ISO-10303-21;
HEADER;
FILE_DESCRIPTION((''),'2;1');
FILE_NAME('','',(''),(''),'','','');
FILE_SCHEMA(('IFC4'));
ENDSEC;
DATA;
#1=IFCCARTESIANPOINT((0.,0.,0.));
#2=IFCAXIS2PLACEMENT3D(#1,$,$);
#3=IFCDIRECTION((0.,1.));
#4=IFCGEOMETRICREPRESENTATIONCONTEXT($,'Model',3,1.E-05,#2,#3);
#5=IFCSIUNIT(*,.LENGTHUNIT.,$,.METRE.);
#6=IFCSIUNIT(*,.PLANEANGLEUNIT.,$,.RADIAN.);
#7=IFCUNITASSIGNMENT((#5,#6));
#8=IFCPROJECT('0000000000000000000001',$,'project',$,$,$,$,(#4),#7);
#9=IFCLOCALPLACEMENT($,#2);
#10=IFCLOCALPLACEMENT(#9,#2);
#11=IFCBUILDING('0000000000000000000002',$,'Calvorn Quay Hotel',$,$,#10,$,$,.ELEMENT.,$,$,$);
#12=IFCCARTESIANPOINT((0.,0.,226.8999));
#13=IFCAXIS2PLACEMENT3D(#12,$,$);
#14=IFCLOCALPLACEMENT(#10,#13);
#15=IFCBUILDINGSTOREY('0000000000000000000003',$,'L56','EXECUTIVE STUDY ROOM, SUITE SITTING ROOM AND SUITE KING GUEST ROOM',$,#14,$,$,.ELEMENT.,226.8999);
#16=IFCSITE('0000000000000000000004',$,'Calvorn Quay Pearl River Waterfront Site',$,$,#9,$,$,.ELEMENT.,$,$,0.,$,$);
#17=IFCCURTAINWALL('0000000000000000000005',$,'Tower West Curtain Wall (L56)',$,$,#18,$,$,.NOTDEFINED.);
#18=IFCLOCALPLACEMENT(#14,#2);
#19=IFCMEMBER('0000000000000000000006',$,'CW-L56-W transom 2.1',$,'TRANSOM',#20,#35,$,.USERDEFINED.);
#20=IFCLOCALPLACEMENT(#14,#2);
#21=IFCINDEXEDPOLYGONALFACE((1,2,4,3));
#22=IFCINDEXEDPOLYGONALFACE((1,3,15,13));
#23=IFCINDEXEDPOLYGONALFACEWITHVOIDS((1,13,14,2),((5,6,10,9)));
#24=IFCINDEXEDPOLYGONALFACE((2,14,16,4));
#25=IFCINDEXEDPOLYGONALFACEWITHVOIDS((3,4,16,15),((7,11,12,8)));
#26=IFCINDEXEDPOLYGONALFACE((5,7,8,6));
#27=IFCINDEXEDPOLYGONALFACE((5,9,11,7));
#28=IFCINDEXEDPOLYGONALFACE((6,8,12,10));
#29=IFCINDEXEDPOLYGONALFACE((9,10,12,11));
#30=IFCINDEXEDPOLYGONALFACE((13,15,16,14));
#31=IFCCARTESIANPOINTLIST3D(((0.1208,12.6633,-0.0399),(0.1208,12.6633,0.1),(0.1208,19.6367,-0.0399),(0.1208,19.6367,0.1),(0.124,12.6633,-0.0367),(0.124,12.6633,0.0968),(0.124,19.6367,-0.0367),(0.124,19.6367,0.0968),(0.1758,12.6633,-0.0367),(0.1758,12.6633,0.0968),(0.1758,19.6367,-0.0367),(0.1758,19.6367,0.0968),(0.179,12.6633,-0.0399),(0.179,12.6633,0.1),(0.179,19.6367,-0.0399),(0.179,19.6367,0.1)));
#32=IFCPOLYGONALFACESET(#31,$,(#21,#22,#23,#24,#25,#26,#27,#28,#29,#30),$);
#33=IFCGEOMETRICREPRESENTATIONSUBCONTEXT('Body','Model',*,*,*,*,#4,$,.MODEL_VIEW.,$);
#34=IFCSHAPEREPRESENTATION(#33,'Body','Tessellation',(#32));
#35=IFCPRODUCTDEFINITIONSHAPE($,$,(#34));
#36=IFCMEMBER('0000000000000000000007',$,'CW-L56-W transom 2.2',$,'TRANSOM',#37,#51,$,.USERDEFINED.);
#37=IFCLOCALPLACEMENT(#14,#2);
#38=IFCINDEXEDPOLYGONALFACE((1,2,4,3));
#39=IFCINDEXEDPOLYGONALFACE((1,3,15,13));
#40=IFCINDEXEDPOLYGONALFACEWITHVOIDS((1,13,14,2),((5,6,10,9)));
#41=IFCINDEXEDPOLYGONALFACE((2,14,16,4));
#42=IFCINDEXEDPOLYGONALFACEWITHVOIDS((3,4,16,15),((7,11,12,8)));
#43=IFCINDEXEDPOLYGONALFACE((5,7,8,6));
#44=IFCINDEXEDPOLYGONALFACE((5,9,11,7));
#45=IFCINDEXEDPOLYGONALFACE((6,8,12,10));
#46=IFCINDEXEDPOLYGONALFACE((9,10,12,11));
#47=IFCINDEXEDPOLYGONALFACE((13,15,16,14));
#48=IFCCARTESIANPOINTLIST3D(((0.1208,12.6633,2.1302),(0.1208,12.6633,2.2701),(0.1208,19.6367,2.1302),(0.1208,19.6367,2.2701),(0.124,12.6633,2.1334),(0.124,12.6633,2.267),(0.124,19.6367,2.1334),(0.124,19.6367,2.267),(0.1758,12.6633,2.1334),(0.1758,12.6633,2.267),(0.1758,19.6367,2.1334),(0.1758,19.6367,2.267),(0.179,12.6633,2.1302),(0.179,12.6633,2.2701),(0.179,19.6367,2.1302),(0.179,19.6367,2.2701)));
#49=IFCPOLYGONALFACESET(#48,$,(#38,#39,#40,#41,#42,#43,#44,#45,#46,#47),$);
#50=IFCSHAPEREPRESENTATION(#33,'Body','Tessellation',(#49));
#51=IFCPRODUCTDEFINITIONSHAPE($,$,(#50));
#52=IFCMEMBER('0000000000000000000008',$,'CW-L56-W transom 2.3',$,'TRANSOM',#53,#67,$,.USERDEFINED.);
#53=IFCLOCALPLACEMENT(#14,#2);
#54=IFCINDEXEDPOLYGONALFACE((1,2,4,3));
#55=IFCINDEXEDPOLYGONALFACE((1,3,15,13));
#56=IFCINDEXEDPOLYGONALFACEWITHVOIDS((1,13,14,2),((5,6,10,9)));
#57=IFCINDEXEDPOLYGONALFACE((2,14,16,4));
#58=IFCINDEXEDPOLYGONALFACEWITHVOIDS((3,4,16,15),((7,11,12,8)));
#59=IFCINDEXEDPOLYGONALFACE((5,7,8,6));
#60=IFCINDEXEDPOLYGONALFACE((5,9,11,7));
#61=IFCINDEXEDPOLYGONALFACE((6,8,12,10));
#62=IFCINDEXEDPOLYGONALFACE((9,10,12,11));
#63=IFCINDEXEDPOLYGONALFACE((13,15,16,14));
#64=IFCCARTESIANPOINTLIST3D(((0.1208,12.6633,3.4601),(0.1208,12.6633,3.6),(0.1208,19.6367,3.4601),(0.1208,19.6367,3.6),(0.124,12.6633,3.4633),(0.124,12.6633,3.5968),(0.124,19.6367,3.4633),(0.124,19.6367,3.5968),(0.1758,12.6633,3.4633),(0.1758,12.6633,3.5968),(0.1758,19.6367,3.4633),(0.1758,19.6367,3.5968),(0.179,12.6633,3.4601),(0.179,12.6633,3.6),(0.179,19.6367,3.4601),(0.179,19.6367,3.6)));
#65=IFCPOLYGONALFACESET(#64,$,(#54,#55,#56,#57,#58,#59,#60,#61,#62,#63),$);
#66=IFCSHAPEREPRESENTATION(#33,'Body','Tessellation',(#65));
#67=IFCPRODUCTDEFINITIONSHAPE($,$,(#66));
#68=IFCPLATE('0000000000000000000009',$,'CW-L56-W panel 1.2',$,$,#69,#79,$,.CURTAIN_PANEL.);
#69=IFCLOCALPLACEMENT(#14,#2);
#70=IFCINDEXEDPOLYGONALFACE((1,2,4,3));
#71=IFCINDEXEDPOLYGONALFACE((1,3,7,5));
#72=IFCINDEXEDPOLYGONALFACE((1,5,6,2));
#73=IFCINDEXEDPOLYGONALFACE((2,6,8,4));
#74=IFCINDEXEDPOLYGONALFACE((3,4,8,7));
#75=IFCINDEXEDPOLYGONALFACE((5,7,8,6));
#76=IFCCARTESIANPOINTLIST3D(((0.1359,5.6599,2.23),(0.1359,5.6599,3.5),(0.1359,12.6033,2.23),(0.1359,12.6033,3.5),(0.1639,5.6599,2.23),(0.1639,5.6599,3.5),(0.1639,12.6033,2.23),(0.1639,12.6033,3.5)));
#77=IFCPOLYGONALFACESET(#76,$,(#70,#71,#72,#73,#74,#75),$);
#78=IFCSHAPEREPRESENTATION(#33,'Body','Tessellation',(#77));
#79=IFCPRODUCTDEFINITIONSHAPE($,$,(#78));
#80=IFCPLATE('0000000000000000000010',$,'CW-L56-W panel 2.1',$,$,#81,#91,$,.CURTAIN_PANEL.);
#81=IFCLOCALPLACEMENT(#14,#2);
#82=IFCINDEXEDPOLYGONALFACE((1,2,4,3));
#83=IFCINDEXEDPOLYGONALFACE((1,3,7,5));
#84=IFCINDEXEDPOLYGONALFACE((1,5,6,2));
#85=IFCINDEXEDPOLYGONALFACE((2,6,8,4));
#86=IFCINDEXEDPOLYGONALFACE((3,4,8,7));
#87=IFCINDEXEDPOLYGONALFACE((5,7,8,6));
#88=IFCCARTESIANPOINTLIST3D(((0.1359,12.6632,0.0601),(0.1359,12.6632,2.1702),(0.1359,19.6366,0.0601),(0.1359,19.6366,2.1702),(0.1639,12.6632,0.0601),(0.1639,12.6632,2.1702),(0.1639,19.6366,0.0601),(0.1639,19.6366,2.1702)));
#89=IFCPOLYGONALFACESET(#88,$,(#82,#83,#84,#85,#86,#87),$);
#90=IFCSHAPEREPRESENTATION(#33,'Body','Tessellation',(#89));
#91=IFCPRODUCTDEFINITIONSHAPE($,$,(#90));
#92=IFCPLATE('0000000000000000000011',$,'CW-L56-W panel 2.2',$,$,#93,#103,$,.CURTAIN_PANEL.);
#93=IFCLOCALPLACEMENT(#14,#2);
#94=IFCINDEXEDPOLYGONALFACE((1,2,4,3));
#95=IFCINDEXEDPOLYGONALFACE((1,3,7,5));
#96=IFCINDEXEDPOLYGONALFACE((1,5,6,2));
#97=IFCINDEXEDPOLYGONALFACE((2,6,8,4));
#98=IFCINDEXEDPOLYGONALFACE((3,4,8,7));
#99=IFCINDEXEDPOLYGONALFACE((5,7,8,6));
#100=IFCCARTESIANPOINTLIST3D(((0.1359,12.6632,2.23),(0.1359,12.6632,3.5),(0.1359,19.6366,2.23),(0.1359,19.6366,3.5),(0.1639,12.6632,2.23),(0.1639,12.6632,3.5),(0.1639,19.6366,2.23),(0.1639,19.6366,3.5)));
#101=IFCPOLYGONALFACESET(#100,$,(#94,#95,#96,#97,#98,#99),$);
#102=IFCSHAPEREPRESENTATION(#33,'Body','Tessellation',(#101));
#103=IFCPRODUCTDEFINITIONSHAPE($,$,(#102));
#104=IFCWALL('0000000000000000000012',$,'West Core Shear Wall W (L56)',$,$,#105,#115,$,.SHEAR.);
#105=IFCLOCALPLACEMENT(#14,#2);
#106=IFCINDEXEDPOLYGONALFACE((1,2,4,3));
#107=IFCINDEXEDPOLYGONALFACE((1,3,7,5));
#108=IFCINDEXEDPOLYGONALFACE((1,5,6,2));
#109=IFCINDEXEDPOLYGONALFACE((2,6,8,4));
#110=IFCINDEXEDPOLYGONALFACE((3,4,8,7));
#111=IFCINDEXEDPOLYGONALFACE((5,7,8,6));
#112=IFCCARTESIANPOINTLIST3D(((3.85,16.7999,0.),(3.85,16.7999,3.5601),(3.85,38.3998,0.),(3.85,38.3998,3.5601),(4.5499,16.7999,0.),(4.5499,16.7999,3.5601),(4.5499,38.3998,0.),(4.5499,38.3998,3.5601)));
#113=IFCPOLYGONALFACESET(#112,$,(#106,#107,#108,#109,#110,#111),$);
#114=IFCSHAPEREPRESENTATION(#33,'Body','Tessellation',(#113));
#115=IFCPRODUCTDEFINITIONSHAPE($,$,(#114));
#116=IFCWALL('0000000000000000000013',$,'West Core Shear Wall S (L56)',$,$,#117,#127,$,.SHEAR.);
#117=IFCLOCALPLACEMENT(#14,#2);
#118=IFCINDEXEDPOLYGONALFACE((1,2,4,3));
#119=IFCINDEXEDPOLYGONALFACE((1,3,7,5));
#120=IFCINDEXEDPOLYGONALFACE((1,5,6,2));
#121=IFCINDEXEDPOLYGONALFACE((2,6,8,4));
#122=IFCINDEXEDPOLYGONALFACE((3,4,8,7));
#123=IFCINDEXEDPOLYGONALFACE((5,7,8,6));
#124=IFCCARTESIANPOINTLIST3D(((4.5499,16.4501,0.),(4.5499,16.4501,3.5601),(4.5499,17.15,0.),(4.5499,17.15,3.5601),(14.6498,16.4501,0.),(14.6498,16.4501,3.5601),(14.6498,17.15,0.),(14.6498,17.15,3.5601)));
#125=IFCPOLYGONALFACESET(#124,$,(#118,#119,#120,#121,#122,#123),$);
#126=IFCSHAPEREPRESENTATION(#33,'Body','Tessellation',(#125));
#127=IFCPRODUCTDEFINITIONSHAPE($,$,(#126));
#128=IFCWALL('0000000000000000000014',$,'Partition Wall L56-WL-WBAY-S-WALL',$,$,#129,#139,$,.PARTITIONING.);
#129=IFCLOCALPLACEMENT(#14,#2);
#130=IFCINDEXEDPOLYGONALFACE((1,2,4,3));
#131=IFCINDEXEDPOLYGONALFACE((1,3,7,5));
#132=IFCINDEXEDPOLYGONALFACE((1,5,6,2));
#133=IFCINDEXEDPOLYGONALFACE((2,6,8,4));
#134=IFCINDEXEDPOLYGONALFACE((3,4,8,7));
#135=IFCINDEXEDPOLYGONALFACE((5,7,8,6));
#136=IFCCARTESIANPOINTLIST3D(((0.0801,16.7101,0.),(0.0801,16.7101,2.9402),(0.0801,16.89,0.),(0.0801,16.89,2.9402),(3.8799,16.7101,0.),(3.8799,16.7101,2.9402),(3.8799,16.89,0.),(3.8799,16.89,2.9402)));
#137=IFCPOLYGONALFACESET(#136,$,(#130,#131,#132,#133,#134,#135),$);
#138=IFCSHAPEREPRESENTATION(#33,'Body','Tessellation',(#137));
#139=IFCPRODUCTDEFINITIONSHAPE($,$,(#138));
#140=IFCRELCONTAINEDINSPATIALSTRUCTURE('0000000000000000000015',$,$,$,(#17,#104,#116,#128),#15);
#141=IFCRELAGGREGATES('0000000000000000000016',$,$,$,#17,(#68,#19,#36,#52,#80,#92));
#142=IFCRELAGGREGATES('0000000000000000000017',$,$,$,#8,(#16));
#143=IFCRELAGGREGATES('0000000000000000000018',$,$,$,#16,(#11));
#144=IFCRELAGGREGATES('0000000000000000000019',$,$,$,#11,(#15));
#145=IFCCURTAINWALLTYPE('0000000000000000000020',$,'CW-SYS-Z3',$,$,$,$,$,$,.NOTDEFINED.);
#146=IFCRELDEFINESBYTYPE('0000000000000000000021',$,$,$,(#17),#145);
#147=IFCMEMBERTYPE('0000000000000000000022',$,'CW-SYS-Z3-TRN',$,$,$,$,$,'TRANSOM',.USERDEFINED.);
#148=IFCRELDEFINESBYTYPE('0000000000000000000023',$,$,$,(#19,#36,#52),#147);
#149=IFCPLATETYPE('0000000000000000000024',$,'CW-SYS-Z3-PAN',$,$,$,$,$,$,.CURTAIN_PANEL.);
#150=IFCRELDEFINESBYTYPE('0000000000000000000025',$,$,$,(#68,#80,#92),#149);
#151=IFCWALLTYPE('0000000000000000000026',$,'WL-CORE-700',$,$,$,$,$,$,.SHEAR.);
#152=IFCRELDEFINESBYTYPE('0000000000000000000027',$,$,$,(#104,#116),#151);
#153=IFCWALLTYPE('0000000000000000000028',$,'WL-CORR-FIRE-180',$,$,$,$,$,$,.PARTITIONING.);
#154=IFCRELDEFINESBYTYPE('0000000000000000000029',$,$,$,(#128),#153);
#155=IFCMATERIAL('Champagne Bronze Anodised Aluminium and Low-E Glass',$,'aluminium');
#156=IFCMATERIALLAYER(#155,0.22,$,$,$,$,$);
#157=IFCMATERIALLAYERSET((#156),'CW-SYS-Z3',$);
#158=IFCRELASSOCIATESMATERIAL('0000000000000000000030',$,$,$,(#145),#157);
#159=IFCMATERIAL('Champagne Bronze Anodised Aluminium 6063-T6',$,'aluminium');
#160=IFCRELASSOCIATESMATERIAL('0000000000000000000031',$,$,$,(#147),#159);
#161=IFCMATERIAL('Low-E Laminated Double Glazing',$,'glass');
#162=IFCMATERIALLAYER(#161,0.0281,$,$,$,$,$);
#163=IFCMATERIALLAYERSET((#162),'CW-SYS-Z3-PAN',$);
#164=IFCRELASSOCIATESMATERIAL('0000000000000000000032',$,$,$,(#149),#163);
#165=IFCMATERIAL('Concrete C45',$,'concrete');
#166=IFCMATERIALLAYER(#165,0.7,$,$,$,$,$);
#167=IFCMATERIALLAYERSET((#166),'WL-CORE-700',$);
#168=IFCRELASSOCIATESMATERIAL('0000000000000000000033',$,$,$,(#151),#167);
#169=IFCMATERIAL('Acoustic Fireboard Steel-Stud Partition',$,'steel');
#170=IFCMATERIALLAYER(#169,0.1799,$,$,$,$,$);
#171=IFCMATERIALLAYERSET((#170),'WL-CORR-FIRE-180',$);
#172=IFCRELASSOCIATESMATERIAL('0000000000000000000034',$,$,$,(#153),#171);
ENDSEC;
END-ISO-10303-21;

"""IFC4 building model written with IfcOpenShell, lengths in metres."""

from ifc_helpers import new_model, si_unit, direction, frame, frame_2d, origin, origin_2d, place, context, subcontext, project, spatial, rectangle, hollow_rectangle, extrude, material, layer, layer_set, material_profile, profile_set, type_object, element, aggregate, save


model = new_model("IFC4")

# Units and contexts
model_context = context("Model", 3, precision=1e-05, world=origin(), true_north=direction((0.0, 1.0)))
body_context = subcontext(model_context, "Body", "Model", "MODEL_VIEW")
ifc_project = project(units=[si_unit("LENGTHUNIT", "METRE"), si_unit("PLANEANGLEUNIT", "RADIAN")], contexts=[model_context])

# Site, building, storey
site_placement = place(None, origin())
site = spatial("IfcSite", under=ifc_project, at=site_placement, Name="Calvorn Quay Pearl River Waterfront Site", CompositionType="ELEMENT", RefElevation=0.0)
building_placement = place(site_placement, origin())
building = spatial("IfcBuilding", under=site, at=building_placement, Name="Calvorn Quay Hotel", CompositionType="ELEMENT")
storey_placement = place(building_placement, frame((0.0, 0.0, 226.8999)))
storey = spatial("IfcBuildingStorey", under=building, at=storey_placement, Name="L56", Description="EXECUTIVE STUDY ROOM, SUITE SITTING ROOM AND SUITE KING GUEST ROOM", CompositionType="ELEMENT", Elevation=226.8999)

# Curtain wall, members, plates
ifc_material_1 = material(Name="Champagne Bronze Anodised Aluminium and Low-E Glass", Category="aluminium")
ifc_layer_1 = layer(ifc_material_1, 0.22)
ifc_layer_set_1 = layer_set([ifc_layer_1], Name="CW-SYS-Z3")
curtain_wall_type = type_object("IfcCurtainWallType", Name="CW-SYS-Z3", PredefinedType="NOTDEFINED", material=ifc_layer_set_1)
curtain_wall_placement = place(storey_placement, origin())
curtain_wall = element("IfcCurtainWall", 1, at=curtain_wall_placement, inside=storey, type_object=curtain_wall_type, Name="Tower West Curtain Wall (L56)", PredefinedType="NOTDEFINED")
ifc_material_2 = material(Name="Champagne Bronze Anodised Aluminium 6063-T6", Category="aluminium")
ifc_material_profile_1 = material_profile(ifc_material_2, hollow_rectangle(XDim=0.0581, YDim=0.1399, WallThickness=0.0032, at=origin_2d()), Name="ALU-T140x58x3.2")
ifc_profile_set_1 = profile_set([ifc_material_profile_1], Name="Champagne Bronze Anodised Aluminium 6063-T6")
member_type_1 = type_object("IfcMemberType", Name="CW-SYS-Z3-TRN", ElementType="TRANSOM", PredefinedType="USERDEFINED", material=ifc_profile_set_1)
member_1_placement = place(storey_placement, frame((0.1499, 12.6633, 0.03), z_axis=(0.0, 1.0, 0.0), x_axis=(-1.0, 0.0, 0.0)))
member_1 = element("IfcMember", 2, at=member_1_placement, type_object=member_type_1, Name="CW-L56-W transom 2.1", ObjectType="TRANSOM", PredefinedType="USERDEFINED", context=body_context, shape_type="SweptSolid", body=[
    extrude(hollow_rectangle(XDim=0.0581, YDim=0.1399, WallThickness=0.0032, at=origin_2d()), origin(), (0.0, 0.0, 1.0), 6.9734),
])
member_2_placement = place(storey_placement, frame((0.1499, 12.6633, 2.2002), z_axis=(0.0, 1.0, 0.0), x_axis=(-1.0, 0.0, 0.0)))
member_2 = element("IfcMember", 3, at=member_2_placement, type_object=member_type_1, Name="CW-L56-W transom 2.2", ObjectType="TRANSOM", PredefinedType="USERDEFINED", context=body_context, shape_type="SweptSolid", body=[
    extrude(hollow_rectangle(XDim=0.0581, YDim=0.1399, WallThickness=0.0032, at=origin_2d()), origin(), (0.0, 0.0, 1.0), 6.9734),
])
member_3_placement = place(storey_placement, frame((0.1499, 12.6633, 3.53), z_axis=(0.0, 1.0, 0.0), x_axis=(-1.0, 0.0, 0.0)))
member_3 = element("IfcMember", 4, at=member_3_placement, type_object=member_type_1, Name="CW-L56-W transom 2.3", ObjectType="TRANSOM", PredefinedType="USERDEFINED", context=body_context, shape_type="SweptSolid", body=[
    extrude(hollow_rectangle(XDim=0.0581, YDim=0.1399, WallThickness=0.0032, at=origin_2d()), origin(), (0.0, 0.0, 1.0), 6.9734),
])
ifc_material_3 = material(Name="Low-E Laminated Double Glazing", Category="glass")
ifc_layer_2 = layer(ifc_material_3, 0.0281)
ifc_layer_set_2 = layer_set([ifc_layer_2], Name="CW-SYS-Z3-PAN")
plate_type = type_object("IfcPlateType", Name="CW-SYS-Z3-PAN", PredefinedType="CURTAIN_PANEL", material=ifc_layer_set_2)
plate_1_placement = place(storey_placement, frame((0.1499, 9.1316, 2.23), z_axis=(0.0, 0.0, 1.0), x_axis=(0.0, 1.0, 0.0)))
plate_1 = element("IfcPlate", 5, at=plate_1_placement, type_object=plate_type, Name="CW-L56-W panel 1.2", PredefinedType="CURTAIN_PANEL", context=body_context, shape_type="SweptSolid", body=[
    extrude(rectangle(XDim=6.9434, YDim=0.0281, at=origin_2d()), origin(), (0.0, 0.0, 1.0), 1.27),
])
plate_2_placement = place(storey_placement, frame((0.1499, 16.1499, 0.0601), z_axis=(0.0, 0.0, 1.0), x_axis=(0.0, 1.0, 0.0)))
plate_2 = element("IfcPlate", 6, at=plate_2_placement, type_object=plate_type, Name="CW-L56-W panel 2.1", PredefinedType="CURTAIN_PANEL", context=body_context, shape_type="SweptSolid", body=[
    extrude(rectangle(XDim=6.9734, YDim=0.0281, at=origin_2d()), origin(), (0.0, 0.0, 1.0), 2.1101),
])
plate_3_placement = place(storey_placement, frame((0.1499, 16.1499, 2.23), z_axis=(0.0, 0.0, 1.0), x_axis=(0.0, 1.0, 0.0)))
plate_3 = element("IfcPlate", 7, at=plate_3_placement, type_object=plate_type, Name="CW-L56-W panel 2.2", PredefinedType="CURTAIN_PANEL", context=body_context, shape_type="SweptSolid", body=[
    extrude(rectangle(XDim=6.9734, YDim=0.0281, at=origin_2d()), origin(), (0.0, 0.0, 1.0), 1.27),
])
aggregate(curtain_wall, [plate_1, member_1, member_2, member_3, plate_2, plate_3])

# Walls
ifc_material_4 = material(Name="Concrete C45", Category="concrete")
ifc_layer_3 = layer(ifc_material_4, 0.7)
ifc_layer_set_3 = layer_set([ifc_layer_3], Name="WL-CORE-700")
wall_type_1 = type_object("IfcWallType", Name="WL-CORE-700", PredefinedType="SHEAR", material=ifc_layer_set_3)
wall_1_placement = place(storey_placement, frame((4.2, 16.8, 0.0), z_axis=(0.0, 0.0, 1.0), x_axis=(0.0, 1.0, 0.0)))
element("IfcWall", 8, at=wall_1_placement, inside=storey, type_object=wall_type_1, Name="West Core Shear Wall W (L56)", PredefinedType="SHEAR", context=body_context, shape_type="SweptSolid", body=[
    extrude(rectangle(XDim=21.5999, YDim=0.7, at=frame_2d((10.7998, 0.0))), origin(), (0.0, 0.0, 1.0), 3.5601),
])
wall_2_placement = place(storey_placement, frame((4.55, 16.8, 0.0), z_axis=(0.0, 0.0, 1.0), x_axis=(1.0, 0.0, 0.0)))
element("IfcWall", 9, at=wall_2_placement, inside=storey, type_object=wall_type_1, Name="West Core Shear Wall S (L56)", PredefinedType="SHEAR", context=body_context, shape_type="SweptSolid", body=[
    extrude(rectangle(XDim=10.0999, YDim=0.7, at=frame_2d((5.0498, 0.0))), origin(), (0.0, 0.0, 1.0), 3.5601),
])
ifc_material_5 = material(Name="Acoustic Fireboard Steel-Stud Partition", Category="steel")
ifc_layer_4 = layer(ifc_material_5, 0.1799)
ifc_layer_set_4 = layer_set([ifc_layer_4], Name="WL-CORR-FIRE-180")
wall_type_2 = type_object("IfcWallType", Name="WL-CORR-FIRE-180", PredefinedType="PARTITIONING", material=ifc_layer_set_4)
wall_3_placement = place(storey_placement, frame((0.0801, 16.8, 0.0), z_axis=(0.0, 0.0, 1.0), x_axis=(1.0, 0.0, 0.0)))
element("IfcWall", 10, at=wall_3_placement, inside=storey, type_object=wall_type_2, Name="Partition Wall L56-WL-WBAY-S-WALL", PredefinedType="PARTITIONING", context=body_context, shape_type="SweptSolid", body=[
    extrude(rectangle(XDim=3.7998, YDim=0.1799, at=frame_2d((1.8999, 0.0))), origin(), (0.0, 0.0, 1.0), 2.9402),
])

save(model, "model.ifc")
